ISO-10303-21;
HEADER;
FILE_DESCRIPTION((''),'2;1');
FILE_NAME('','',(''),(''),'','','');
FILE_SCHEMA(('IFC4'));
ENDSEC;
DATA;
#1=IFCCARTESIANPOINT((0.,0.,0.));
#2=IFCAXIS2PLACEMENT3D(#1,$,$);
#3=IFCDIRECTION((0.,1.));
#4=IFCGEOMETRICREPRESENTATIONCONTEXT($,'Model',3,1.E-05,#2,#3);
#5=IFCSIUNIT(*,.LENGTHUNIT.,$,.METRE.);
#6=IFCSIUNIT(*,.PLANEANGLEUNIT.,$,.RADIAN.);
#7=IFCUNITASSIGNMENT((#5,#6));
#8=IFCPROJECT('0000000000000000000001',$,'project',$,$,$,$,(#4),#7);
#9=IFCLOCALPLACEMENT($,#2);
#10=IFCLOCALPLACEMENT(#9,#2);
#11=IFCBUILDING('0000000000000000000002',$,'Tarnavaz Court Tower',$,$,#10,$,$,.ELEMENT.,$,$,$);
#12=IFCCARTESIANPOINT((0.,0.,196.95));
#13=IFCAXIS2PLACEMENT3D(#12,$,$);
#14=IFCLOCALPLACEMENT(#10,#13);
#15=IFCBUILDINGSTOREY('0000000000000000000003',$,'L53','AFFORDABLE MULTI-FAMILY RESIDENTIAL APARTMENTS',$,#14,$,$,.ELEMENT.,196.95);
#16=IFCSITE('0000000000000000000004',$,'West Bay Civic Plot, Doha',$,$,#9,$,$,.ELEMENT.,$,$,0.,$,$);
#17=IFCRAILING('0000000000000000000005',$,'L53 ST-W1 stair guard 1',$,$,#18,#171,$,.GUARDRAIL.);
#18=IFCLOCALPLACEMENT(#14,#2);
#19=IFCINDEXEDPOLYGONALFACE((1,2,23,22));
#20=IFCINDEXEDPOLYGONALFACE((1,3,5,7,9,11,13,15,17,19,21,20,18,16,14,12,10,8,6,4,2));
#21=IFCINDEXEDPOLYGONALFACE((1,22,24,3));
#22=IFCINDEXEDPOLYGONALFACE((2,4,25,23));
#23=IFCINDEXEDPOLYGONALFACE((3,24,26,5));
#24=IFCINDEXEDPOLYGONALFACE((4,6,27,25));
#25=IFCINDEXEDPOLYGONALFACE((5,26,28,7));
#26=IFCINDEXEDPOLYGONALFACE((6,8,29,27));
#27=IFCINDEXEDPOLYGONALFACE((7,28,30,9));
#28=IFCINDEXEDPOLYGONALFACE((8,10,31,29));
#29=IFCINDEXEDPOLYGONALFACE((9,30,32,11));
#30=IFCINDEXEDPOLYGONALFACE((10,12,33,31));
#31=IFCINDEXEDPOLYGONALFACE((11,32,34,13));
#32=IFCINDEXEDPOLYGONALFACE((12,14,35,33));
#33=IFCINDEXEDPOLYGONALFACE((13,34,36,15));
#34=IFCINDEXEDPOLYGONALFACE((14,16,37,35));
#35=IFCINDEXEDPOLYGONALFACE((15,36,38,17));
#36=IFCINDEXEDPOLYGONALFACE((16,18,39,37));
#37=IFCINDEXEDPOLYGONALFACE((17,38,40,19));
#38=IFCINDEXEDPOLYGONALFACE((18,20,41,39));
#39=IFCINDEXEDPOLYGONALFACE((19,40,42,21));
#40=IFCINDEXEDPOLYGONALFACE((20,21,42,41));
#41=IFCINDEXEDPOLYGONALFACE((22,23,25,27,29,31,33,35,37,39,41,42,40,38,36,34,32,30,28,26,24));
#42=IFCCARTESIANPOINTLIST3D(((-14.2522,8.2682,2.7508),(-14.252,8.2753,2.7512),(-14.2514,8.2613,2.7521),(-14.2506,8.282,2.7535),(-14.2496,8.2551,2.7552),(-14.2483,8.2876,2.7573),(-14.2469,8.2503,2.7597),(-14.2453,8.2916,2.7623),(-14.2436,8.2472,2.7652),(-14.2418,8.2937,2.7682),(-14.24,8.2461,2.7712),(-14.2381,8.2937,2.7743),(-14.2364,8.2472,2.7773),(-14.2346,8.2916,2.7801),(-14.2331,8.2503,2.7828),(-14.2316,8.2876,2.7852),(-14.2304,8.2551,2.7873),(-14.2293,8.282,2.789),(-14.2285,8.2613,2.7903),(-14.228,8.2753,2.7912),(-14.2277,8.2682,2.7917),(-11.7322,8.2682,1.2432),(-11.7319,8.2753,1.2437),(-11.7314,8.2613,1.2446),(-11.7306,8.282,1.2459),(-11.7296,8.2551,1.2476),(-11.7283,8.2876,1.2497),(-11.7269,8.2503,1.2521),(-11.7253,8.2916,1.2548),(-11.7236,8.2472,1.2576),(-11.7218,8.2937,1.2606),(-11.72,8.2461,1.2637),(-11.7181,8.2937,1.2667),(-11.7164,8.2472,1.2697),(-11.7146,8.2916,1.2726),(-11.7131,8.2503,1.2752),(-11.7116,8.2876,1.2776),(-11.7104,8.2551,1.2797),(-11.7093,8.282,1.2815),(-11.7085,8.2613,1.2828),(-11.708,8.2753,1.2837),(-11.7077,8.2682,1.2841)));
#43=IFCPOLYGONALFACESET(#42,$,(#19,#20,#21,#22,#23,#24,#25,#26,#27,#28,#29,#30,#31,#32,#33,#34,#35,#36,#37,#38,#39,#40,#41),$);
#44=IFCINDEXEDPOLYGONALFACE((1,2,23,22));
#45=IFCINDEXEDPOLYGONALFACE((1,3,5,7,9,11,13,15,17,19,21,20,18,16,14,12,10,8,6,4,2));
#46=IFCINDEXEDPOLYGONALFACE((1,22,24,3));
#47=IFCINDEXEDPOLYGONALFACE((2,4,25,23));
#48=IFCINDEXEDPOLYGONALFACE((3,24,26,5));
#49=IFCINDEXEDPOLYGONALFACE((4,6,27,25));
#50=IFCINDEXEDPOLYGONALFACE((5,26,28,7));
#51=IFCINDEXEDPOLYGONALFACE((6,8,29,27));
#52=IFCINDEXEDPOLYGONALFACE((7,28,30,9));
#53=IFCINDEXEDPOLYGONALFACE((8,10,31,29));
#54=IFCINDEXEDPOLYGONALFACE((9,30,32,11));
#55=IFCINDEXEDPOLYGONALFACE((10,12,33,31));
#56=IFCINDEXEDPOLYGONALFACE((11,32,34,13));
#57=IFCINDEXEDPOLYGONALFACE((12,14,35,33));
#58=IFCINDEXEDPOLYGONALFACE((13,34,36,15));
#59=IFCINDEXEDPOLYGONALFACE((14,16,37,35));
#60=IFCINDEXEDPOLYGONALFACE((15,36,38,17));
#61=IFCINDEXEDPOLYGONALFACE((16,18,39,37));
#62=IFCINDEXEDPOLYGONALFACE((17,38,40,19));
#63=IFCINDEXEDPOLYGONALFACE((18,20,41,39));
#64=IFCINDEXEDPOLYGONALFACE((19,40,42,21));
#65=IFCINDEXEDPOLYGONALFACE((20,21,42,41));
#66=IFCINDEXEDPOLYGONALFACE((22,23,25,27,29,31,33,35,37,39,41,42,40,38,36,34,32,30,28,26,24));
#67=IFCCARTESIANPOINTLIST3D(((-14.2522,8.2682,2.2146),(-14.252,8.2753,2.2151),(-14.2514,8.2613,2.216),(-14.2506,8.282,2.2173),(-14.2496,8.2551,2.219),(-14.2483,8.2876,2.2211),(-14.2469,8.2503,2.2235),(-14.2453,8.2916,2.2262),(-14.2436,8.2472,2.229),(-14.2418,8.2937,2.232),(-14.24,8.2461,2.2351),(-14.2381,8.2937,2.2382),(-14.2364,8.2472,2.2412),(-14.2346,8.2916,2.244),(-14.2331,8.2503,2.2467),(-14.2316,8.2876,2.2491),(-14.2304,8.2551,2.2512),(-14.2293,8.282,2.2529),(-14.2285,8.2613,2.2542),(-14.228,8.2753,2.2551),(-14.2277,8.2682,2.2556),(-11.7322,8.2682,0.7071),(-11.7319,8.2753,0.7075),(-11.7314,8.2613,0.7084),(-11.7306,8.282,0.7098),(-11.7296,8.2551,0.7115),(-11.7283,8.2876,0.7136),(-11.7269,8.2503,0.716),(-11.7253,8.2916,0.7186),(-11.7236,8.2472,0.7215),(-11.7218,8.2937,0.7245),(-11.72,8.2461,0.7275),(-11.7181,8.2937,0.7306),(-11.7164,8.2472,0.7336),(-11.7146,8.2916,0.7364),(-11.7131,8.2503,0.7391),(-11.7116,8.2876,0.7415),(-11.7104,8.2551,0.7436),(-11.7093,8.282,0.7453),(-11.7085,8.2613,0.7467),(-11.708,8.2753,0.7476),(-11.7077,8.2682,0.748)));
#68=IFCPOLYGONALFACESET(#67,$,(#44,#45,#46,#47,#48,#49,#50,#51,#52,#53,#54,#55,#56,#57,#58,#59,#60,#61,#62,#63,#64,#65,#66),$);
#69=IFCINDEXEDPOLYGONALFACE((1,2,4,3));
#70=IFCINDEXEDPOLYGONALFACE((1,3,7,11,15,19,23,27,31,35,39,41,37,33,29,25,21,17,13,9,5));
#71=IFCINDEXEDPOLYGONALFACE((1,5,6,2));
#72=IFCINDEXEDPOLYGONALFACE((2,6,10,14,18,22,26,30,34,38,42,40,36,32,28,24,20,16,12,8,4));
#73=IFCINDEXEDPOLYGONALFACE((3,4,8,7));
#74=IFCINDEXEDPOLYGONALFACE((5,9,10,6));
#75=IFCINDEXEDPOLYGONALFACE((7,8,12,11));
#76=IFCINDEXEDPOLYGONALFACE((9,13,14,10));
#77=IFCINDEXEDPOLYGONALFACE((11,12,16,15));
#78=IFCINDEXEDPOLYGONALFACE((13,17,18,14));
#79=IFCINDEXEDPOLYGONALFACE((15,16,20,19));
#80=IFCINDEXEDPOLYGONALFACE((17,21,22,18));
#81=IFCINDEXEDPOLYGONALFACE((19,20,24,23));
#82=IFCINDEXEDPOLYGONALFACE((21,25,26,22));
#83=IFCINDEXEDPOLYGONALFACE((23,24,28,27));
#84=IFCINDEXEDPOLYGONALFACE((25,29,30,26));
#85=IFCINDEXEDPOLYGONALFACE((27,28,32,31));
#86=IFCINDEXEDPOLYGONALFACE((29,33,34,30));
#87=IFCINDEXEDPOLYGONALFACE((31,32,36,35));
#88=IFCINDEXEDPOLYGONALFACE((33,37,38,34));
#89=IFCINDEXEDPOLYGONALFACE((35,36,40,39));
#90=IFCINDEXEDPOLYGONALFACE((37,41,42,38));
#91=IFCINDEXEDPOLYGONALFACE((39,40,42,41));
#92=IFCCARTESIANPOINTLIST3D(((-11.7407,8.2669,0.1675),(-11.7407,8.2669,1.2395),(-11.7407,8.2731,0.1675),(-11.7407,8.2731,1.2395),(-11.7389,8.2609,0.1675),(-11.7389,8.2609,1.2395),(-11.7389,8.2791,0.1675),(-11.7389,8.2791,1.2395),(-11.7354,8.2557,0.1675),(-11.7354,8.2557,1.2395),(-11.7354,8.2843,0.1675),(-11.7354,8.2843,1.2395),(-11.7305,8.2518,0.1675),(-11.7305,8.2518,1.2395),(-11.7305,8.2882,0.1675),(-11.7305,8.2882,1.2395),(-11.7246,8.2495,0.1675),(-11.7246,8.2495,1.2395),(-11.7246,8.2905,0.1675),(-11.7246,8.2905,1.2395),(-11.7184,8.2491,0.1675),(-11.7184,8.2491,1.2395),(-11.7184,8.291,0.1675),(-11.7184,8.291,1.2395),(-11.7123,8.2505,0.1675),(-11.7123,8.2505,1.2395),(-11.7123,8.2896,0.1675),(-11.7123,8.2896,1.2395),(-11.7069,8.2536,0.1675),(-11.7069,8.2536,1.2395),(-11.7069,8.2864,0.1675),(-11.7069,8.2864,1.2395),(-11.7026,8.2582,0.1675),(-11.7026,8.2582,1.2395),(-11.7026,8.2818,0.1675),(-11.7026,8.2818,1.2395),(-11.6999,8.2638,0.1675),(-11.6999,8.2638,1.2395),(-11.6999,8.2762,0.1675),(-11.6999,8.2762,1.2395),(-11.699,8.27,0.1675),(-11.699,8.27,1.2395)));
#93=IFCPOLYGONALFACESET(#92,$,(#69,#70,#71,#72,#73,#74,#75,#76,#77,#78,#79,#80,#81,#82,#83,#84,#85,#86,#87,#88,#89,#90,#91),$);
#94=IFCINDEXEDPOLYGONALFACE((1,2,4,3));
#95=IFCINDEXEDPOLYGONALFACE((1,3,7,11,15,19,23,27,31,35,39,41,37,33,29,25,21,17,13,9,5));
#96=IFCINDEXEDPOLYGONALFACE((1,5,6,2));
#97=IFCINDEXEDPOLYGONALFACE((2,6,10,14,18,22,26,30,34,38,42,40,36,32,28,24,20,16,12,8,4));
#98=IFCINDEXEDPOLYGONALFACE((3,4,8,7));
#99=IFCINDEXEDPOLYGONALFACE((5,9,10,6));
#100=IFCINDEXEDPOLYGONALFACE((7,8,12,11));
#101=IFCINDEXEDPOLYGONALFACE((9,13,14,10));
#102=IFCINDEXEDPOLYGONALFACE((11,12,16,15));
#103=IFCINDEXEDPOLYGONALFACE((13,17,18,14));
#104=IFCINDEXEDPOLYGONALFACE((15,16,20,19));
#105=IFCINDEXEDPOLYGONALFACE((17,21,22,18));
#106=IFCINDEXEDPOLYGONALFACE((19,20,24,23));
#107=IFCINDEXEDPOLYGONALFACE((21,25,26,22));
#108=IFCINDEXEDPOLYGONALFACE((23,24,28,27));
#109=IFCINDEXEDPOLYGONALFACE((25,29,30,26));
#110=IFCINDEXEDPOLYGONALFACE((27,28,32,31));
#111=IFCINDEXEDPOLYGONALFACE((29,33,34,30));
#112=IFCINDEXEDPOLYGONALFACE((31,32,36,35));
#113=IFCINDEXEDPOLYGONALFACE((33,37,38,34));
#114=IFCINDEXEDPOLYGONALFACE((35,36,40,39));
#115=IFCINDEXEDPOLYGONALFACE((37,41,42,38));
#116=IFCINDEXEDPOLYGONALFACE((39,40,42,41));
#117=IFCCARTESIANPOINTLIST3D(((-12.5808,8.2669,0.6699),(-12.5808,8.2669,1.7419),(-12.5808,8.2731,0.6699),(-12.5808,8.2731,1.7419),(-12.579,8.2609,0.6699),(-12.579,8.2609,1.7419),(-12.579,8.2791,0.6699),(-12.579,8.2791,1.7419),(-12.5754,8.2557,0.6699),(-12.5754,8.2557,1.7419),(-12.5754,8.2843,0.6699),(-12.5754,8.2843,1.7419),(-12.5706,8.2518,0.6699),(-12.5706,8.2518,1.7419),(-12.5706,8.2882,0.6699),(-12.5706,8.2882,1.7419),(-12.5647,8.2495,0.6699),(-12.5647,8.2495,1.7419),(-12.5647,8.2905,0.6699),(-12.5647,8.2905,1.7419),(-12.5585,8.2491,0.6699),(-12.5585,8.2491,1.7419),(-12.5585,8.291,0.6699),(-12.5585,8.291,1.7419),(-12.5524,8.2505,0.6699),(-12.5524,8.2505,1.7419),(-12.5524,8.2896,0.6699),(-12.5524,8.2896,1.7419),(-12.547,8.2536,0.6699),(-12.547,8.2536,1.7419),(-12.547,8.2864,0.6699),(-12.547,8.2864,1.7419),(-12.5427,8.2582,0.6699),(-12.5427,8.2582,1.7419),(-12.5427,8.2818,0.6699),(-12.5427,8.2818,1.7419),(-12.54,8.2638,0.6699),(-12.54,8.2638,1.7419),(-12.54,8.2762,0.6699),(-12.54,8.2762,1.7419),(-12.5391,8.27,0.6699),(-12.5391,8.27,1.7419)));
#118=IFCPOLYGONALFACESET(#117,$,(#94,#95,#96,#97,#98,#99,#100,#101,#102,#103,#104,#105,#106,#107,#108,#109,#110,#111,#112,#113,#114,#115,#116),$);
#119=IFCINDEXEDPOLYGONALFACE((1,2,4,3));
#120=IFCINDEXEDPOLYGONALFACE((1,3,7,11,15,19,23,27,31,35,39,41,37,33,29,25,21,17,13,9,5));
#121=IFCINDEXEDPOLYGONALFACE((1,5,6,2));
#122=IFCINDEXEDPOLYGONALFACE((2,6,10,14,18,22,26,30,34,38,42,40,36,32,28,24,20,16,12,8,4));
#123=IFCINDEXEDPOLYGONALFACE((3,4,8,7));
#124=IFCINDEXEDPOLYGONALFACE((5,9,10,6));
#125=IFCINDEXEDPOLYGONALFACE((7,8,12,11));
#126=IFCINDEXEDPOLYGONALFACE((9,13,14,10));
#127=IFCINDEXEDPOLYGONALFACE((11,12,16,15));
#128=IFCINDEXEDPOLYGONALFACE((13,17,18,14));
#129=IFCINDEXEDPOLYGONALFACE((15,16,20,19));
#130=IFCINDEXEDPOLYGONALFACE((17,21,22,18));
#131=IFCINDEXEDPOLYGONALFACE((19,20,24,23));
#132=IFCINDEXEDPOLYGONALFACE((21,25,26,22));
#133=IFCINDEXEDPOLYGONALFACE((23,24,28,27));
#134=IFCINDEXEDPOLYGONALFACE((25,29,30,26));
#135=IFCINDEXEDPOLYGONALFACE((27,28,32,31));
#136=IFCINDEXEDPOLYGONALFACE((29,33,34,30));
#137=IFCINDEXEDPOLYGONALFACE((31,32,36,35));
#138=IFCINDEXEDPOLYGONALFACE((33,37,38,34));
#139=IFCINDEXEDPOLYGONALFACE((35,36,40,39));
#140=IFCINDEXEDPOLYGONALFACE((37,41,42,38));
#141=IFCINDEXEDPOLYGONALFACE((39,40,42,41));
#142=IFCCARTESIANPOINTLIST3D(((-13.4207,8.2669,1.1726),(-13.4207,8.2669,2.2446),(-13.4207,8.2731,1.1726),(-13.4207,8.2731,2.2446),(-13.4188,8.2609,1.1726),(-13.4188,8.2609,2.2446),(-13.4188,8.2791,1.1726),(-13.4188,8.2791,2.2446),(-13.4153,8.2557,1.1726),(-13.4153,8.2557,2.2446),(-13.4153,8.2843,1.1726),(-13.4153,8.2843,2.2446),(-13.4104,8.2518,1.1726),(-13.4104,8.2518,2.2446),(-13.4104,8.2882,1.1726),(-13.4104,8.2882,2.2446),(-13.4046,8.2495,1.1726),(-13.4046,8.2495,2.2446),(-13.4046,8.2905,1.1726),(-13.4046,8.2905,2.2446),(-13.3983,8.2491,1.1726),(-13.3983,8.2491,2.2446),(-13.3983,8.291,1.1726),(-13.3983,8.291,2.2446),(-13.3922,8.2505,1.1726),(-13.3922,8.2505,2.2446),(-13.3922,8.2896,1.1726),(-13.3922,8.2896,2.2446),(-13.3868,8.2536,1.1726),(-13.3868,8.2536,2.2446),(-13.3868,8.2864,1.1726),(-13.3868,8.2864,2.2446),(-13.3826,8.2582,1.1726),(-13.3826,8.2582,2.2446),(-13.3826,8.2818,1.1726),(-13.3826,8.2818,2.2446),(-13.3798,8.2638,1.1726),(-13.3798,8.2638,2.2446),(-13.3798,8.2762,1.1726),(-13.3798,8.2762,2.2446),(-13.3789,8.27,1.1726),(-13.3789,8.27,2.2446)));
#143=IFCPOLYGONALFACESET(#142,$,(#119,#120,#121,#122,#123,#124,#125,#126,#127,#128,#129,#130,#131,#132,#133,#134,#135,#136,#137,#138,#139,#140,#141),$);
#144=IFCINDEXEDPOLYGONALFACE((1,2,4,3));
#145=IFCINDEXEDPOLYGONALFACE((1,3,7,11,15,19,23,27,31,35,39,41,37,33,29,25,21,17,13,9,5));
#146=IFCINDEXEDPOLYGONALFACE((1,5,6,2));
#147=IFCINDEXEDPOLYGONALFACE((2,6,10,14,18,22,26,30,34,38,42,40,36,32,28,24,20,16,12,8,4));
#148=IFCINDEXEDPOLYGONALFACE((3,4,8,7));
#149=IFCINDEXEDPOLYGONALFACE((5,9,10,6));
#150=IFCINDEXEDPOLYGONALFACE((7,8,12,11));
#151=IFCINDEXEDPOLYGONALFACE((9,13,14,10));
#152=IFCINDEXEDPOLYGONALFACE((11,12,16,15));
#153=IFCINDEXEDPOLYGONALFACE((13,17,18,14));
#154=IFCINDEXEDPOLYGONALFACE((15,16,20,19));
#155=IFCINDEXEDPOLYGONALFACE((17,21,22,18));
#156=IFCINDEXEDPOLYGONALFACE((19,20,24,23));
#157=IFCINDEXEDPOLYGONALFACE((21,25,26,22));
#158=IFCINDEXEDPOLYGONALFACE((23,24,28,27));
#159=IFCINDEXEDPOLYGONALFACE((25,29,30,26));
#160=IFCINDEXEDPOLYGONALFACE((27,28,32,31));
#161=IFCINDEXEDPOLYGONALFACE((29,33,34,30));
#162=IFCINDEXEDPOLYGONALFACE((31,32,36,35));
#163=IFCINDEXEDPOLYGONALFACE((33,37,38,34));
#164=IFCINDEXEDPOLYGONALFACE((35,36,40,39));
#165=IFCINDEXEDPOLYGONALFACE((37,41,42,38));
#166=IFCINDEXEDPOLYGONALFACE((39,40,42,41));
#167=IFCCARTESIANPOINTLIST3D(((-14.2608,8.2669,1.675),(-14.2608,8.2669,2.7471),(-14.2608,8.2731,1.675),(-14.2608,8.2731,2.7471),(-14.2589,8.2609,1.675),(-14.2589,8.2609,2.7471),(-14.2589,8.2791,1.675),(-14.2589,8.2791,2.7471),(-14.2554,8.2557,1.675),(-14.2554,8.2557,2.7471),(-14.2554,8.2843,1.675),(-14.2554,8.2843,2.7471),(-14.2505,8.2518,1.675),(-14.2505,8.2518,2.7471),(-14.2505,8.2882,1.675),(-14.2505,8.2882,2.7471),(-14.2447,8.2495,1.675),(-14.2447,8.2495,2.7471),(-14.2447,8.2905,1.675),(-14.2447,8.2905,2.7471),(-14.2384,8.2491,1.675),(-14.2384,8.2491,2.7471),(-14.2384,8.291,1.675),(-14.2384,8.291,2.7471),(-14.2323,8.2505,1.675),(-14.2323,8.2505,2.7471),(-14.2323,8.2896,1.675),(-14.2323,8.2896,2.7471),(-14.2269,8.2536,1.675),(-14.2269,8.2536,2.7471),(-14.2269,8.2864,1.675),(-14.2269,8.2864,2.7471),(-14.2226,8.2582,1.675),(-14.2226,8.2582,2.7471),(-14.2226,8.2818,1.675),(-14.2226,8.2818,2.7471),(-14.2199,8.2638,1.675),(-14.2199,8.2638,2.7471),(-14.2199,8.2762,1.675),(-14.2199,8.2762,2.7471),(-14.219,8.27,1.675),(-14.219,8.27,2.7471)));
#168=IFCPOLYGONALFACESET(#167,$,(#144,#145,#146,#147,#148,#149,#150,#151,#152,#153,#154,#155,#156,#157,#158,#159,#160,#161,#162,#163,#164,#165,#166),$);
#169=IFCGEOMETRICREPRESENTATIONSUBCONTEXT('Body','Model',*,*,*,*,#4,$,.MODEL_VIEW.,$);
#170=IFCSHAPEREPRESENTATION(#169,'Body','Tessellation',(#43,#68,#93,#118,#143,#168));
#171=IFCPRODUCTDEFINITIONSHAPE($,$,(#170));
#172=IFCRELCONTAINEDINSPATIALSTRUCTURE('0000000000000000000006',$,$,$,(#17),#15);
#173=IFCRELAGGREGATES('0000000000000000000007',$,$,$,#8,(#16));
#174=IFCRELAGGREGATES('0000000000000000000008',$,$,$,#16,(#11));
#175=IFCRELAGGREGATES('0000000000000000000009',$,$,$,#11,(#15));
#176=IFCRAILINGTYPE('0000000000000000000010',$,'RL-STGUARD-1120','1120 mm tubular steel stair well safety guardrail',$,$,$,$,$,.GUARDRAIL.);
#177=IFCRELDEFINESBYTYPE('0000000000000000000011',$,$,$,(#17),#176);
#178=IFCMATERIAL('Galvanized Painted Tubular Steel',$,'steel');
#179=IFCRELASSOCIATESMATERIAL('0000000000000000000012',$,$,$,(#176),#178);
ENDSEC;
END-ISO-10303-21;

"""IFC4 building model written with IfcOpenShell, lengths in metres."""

from ifc_helpers import new_model, si_unit, direction, frame, origin, origin_2d, place, context, subcontext, project, spatial, circle, extrude, material, type_object, element, save


model = new_model("IFC4")

# Units and contexts
model_context = context("Model", 3, precision=1e-05, world=origin(), true_north=direction((0.0, 1.0)))
body_context = subcontext(model_context, "Body", "Model", "MODEL_VIEW")
ifc_project = project(units=[si_unit("LENGTHUNIT", "METRE"), si_unit("PLANEANGLEUNIT", "RADIAN")], contexts=[model_context])

# Site, building, storey
site_placement = place(None, origin())
site = spatial("IfcSite", under=ifc_project, at=site_placement, Name="West Bay Civic Plot, Doha", CompositionType="ELEMENT", RefElevation=0.0)
building_placement = place(site_placement, origin())
building = spatial("IfcBuilding", under=site, at=building_placement, Name="Tarnavaz Court Tower", CompositionType="ELEMENT")
storey_placement = place(building_placement, frame((0.0, 0.0, 196.95)))
storey = spatial("IfcBuildingStorey", under=building, at=storey_placement, Name="L53", Description="AFFORDABLE MULTI-FAMILY RESIDENTIAL APARTMENTS", CompositionType="ELEMENT", Elevation=196.95)

# Railing
ifc_material_1 = material(Name="Galvanized Painted Tubular Steel", Category="steel")
railing_type_1 = type_object("IfcRailingType", Name="RL-STGUARD-1120", Description="1120 mm tubular steel stair well safety guardrail", PredefinedType="GUARDRAIL", material=ifc_material_1)
railing_1_placement = place(storey_placement, frame((-11.72, 8.27, 0.1675)))
element("IfcRailing", 1, at=railing_1_placement, inside=storey, type_object=railing_type_1, Name="L53 ST-W1 stair guard 1", PredefinedType="GUARDRAIL", context=body_context, shape_type="SweptSolid", body=[
    extrude(circle(Radius=0.0239, at=origin_2d()), frame((0.0, 0.0, 1.0962), z_axis=(-0.85816, 0.0, 0.513383), x_axis=(0.0, -1.0, 0.0)), (0.0, 0.0, 1.0), 2.9365),
    extrude(circle(Radius=0.0239, at=origin_2d()), frame((0.0, 0.0, 0.5601), z_axis=(-0.85816, 0.0, 0.513383), x_axis=(0.0, -1.0, 0.0)), (0.0, 0.0, 1.0), 2.9365),
    extrude(circle(Radius=0.021, at=origin_2d()), origin(), (0.0, 0.0, 1.0), 1.072),
    extrude(circle(Radius=0.021, at=origin_2d()), frame((-0.8401, 0.0, 0.5024)), (0.0, 0.0, 1.0), 1.072),
    extrude(circle(Radius=0.021, at=origin_2d()), frame((-1.6799, 0.0, 1.0051)), (0.0, 0.0, 1.0), 1.072),
    extrude(circle(Radius=0.021, at=origin_2d()), frame((-2.52, 0.0, 1.5076)), (0.0, 0.0, 1.0), 1.072),
])

save(model, "model.ifc")
